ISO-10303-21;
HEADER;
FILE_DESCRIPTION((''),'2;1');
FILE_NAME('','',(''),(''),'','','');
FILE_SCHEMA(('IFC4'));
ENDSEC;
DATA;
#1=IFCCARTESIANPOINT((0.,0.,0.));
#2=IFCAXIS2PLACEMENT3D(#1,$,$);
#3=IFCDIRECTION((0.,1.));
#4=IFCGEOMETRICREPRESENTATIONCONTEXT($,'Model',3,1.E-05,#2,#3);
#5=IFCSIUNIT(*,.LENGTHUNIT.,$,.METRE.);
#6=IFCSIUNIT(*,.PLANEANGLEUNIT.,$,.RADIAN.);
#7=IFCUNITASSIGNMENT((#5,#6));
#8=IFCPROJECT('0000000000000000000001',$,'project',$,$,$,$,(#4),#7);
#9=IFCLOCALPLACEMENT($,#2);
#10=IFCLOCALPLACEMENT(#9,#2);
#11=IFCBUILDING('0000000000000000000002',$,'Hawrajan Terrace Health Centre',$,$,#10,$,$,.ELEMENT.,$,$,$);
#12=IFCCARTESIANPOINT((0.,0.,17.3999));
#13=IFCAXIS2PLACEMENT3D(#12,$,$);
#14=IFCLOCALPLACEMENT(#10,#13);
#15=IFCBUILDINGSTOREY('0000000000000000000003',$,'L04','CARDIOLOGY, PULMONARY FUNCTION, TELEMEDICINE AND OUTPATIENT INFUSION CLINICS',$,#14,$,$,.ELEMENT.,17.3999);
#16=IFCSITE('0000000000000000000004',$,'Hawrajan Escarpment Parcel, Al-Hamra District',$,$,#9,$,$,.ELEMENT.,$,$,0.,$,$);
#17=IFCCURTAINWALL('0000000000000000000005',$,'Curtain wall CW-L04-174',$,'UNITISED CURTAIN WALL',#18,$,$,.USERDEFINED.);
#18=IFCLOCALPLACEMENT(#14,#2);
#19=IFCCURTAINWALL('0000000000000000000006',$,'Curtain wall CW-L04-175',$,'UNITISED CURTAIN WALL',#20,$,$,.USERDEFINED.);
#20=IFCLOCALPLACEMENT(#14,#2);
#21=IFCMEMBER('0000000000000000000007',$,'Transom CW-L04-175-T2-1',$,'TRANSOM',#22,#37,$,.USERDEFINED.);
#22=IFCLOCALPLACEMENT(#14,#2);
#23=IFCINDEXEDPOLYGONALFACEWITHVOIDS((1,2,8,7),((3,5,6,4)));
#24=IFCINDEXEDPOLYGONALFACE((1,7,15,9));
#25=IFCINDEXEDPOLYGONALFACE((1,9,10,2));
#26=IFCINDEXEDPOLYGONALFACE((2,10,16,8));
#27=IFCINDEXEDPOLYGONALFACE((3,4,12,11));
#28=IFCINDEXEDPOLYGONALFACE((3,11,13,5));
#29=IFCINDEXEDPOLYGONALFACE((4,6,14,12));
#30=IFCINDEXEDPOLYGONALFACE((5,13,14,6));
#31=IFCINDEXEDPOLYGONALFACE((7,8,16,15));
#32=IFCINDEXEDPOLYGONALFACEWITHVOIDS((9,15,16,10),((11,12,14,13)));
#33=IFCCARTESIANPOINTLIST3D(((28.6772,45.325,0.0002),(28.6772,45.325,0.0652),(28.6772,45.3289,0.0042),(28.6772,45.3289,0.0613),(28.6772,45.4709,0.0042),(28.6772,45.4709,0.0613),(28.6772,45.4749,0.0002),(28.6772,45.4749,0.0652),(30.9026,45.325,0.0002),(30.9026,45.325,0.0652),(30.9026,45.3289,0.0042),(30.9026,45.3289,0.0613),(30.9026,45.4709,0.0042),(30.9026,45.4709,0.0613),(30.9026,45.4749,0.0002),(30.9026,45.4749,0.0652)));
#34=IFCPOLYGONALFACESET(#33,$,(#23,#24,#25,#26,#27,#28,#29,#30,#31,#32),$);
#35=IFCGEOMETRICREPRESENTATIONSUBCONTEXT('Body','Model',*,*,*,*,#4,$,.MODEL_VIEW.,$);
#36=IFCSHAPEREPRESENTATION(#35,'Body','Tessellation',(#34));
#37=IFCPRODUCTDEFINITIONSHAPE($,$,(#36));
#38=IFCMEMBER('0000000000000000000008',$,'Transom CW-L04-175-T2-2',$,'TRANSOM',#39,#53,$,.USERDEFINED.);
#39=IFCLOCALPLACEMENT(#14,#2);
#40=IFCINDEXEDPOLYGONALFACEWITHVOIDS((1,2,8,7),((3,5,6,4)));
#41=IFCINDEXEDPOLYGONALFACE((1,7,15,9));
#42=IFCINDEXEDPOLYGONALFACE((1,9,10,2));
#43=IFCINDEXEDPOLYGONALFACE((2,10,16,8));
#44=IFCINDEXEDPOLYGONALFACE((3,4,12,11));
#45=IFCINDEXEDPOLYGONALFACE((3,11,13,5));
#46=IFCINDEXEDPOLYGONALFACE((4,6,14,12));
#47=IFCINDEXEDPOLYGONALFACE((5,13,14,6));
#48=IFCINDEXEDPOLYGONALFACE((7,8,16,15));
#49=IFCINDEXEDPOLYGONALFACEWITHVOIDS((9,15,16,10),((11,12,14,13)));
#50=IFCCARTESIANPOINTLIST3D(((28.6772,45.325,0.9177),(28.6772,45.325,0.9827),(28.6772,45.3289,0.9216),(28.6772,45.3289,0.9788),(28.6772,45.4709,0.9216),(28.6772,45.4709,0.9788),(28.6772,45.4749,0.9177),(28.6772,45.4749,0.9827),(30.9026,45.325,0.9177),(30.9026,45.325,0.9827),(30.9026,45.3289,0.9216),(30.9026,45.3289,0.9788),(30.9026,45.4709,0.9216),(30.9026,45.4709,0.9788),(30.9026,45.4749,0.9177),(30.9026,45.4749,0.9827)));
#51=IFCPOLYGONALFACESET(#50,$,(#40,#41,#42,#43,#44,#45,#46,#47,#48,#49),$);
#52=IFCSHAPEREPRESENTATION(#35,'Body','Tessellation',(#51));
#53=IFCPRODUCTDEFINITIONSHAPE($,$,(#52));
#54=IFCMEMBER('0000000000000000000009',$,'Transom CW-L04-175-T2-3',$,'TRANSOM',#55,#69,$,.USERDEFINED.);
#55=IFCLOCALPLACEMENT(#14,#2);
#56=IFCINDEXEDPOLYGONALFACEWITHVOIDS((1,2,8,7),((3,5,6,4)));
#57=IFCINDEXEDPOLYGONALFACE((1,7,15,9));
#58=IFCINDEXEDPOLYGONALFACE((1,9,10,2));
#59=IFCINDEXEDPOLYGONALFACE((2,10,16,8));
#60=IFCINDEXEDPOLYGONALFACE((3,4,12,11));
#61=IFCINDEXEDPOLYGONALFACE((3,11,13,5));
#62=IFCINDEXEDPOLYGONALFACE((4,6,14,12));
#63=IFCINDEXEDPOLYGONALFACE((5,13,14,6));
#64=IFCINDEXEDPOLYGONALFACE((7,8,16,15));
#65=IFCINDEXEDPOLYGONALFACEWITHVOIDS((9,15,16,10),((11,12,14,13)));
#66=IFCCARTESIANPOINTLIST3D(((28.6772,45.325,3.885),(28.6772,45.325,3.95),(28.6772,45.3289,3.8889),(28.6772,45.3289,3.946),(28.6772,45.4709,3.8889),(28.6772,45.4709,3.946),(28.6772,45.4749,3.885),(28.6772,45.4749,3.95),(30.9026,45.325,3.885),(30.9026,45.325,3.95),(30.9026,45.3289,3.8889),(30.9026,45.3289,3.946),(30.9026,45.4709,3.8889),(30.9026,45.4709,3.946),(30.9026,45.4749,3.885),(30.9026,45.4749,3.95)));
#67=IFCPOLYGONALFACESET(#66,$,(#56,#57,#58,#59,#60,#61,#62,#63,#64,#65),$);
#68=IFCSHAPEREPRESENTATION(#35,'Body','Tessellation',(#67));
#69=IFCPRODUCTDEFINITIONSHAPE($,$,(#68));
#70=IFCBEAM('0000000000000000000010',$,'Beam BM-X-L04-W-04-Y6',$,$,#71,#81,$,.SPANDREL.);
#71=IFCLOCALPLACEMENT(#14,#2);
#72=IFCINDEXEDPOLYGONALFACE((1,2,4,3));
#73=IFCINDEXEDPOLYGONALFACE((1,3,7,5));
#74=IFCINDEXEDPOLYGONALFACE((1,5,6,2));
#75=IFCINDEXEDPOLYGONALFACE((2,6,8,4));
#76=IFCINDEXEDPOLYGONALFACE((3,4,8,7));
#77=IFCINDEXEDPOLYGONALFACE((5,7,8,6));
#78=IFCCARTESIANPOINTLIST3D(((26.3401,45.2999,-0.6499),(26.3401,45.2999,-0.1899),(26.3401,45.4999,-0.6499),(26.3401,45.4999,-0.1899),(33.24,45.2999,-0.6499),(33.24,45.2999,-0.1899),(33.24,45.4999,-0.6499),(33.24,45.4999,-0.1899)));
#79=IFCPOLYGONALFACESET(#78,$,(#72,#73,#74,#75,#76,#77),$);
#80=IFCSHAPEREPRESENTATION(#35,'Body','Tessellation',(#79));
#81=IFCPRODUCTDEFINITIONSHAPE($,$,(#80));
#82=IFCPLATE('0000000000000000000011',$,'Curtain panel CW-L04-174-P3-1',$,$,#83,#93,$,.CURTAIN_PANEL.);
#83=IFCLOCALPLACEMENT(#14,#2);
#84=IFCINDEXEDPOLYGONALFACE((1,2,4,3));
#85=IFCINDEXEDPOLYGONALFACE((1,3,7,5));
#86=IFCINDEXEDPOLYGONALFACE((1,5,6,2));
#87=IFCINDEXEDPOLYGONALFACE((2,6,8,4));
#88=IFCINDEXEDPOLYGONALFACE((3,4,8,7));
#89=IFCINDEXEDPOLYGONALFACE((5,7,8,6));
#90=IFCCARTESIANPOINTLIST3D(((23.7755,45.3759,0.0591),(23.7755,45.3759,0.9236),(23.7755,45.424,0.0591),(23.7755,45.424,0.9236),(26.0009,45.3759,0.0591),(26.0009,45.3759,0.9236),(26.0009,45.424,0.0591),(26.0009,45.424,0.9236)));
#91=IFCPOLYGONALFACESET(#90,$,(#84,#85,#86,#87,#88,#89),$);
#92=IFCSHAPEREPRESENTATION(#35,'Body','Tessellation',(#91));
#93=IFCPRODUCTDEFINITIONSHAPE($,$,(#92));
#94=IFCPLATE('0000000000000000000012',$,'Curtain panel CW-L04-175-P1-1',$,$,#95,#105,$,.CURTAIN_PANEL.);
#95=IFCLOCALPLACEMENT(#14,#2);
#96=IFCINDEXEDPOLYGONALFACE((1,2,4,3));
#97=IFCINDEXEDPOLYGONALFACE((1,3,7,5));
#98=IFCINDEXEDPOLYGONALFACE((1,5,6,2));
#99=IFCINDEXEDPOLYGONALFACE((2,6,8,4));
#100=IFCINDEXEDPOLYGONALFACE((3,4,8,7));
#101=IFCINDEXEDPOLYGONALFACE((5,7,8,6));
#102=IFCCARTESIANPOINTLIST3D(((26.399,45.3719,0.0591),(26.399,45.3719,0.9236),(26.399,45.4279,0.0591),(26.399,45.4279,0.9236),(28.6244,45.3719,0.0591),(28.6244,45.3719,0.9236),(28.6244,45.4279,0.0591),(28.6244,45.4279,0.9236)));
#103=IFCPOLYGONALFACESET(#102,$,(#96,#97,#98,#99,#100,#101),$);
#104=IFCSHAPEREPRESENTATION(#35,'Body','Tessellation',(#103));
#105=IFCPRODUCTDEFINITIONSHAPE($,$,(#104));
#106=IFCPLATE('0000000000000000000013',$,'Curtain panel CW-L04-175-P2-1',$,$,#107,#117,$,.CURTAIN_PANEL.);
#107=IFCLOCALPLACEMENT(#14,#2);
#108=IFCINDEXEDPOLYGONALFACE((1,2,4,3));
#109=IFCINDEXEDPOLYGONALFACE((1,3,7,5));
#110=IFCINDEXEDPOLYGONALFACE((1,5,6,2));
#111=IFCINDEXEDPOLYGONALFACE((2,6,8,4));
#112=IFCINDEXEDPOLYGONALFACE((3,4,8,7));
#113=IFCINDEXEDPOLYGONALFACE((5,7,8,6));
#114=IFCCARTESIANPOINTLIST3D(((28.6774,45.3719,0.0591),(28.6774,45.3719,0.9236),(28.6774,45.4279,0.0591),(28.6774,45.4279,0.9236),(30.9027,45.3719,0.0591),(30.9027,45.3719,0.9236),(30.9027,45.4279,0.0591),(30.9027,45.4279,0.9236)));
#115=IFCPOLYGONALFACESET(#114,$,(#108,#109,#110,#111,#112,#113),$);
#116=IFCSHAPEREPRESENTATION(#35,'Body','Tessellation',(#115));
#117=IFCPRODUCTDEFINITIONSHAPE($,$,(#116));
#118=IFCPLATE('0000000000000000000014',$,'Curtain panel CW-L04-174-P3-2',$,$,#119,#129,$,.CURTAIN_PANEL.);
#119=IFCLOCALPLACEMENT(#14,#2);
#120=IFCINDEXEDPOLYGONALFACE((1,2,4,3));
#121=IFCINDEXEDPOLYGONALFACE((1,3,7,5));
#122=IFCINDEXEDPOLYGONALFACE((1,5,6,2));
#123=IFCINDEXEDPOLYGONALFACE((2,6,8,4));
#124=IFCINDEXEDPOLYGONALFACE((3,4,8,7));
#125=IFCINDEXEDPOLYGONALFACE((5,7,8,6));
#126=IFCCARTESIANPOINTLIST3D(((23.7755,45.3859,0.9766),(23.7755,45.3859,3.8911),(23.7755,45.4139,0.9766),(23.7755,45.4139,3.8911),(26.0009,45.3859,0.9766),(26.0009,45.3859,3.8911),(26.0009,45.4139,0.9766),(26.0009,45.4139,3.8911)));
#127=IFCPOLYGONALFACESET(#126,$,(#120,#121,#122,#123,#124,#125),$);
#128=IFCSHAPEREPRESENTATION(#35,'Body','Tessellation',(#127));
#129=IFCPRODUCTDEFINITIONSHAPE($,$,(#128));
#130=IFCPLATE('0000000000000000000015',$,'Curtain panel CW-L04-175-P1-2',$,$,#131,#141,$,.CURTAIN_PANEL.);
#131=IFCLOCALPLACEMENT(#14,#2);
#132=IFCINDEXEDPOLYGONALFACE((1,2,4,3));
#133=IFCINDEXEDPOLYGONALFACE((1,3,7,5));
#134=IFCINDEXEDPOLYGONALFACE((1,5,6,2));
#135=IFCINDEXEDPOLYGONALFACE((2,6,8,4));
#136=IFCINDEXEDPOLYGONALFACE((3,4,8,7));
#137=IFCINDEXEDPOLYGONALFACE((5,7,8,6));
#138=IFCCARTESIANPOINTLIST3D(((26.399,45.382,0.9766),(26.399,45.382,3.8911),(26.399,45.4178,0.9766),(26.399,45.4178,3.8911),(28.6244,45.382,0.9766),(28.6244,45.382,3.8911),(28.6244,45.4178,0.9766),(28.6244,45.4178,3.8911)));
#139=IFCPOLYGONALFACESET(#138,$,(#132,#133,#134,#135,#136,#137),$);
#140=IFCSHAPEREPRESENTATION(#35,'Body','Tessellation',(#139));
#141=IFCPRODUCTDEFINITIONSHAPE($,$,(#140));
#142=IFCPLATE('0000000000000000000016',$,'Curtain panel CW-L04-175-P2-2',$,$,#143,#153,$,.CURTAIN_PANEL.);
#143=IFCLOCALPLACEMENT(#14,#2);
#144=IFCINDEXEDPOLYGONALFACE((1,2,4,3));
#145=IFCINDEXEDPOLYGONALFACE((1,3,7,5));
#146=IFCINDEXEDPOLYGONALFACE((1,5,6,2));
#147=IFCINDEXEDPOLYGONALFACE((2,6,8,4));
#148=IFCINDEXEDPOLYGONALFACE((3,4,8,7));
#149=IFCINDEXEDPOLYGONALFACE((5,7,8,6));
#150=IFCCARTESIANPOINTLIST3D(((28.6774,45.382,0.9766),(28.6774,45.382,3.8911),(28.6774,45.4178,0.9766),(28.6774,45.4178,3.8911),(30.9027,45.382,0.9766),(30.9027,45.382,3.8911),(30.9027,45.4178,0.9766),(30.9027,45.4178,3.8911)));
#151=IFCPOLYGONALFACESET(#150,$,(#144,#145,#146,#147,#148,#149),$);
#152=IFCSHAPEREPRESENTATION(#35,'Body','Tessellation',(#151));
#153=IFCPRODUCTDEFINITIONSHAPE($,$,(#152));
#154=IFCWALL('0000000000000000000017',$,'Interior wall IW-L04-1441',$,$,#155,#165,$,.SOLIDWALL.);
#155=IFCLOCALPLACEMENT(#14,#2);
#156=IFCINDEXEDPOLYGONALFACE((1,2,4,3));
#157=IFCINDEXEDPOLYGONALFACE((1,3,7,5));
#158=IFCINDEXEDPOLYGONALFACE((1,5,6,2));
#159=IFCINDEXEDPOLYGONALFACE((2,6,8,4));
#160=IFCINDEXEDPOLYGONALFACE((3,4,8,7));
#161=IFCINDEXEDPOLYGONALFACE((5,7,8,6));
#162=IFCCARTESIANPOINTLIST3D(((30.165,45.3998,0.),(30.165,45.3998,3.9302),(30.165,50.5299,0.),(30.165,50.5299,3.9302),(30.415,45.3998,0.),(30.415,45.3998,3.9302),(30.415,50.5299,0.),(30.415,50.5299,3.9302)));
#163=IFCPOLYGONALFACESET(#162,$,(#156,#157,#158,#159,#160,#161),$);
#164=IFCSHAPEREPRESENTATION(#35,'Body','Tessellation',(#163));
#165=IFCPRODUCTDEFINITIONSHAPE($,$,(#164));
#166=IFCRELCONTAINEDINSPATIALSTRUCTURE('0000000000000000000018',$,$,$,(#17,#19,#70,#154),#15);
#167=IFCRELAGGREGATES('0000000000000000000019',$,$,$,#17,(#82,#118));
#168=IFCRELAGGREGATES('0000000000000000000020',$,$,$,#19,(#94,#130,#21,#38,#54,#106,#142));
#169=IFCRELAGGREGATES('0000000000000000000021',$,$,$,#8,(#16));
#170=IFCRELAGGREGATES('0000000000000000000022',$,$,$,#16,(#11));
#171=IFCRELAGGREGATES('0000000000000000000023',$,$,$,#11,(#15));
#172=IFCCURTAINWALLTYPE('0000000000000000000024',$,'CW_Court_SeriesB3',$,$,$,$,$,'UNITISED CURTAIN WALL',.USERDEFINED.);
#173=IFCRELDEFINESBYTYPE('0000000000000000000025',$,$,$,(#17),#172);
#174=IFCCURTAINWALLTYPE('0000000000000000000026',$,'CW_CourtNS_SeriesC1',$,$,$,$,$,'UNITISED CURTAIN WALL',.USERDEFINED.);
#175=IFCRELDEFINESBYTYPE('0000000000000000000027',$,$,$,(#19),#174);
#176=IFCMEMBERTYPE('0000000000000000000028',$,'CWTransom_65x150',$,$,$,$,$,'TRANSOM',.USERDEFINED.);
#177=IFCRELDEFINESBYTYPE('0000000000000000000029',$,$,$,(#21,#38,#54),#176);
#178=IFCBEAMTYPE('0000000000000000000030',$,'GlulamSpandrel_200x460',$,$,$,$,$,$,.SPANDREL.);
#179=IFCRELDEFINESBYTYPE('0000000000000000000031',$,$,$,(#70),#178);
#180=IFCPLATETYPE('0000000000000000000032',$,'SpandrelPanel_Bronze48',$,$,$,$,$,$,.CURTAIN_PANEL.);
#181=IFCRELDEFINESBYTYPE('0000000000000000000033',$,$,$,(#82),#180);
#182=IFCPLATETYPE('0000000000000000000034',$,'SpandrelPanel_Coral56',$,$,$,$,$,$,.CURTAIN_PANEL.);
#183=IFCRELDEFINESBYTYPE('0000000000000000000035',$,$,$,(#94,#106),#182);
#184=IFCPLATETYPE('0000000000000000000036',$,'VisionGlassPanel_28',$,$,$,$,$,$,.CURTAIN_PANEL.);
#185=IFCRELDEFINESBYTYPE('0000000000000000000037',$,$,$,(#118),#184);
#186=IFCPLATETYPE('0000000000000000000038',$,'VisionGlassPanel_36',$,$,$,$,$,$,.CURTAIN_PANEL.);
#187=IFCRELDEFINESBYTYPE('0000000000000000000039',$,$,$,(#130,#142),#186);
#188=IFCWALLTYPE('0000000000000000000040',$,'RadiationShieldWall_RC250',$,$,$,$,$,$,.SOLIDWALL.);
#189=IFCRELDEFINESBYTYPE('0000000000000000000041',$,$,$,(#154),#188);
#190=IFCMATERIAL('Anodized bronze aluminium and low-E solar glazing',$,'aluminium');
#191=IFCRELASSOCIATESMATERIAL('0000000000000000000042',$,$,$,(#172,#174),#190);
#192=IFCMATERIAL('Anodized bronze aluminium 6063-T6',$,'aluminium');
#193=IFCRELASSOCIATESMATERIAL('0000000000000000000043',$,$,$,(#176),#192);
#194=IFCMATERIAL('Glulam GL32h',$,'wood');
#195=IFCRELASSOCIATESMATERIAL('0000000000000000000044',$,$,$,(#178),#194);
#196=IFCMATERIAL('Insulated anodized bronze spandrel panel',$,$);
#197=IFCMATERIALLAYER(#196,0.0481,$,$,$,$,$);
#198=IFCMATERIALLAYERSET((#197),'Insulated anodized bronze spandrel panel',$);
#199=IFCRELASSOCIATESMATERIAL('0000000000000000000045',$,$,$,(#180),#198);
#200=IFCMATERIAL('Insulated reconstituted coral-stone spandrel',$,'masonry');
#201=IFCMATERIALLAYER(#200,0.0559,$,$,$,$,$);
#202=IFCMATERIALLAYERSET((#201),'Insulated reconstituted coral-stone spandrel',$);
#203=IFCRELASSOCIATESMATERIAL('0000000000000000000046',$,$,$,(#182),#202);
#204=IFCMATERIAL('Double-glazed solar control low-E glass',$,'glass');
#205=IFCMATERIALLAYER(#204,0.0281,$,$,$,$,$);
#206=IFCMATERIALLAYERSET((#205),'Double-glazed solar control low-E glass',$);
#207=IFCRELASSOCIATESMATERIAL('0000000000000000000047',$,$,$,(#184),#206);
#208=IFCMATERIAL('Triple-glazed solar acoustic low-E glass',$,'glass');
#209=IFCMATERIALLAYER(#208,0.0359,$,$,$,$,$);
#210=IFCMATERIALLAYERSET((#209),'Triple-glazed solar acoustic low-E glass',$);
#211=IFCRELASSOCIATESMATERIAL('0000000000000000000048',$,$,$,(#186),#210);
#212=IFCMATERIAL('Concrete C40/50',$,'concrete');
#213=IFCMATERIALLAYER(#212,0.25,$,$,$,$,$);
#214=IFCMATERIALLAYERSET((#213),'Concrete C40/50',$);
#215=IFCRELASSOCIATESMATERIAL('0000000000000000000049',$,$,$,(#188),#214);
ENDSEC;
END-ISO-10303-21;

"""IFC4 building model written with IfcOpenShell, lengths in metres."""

from ifc_helpers import new_model, si_unit, direction, frame, frame_2d, origin, origin_2d, place, context, subcontext, project, spatial, rectangle, hollow_rectangle, extrude, material, layer, layer_set, material_profile, profile_set, type_object, element, aggregate, save


model = new_model("IFC4")

# Units and contexts
model_context = context("Model", 3, precision=1e-05, world=origin(), true_north=direction((0.0, 1.0)))
body_context = subcontext(model_context, "Body", "Model", "MODEL_VIEW")
ifc_project = project(units=[si_unit("LENGTHUNIT", "METRE"), si_unit("PLANEANGLEUNIT", "RADIAN")], contexts=[model_context])

# Site, building, storey
site_placement = place(None, origin())
site = spatial("IfcSite", under=ifc_project, at=site_placement, Name="Hawrajan Escarpment Parcel, Al-Hamra District", CompositionType="ELEMENT", RefElevation=0.0)
building_placement = place(site_placement, origin())
building = spatial("IfcBuilding", under=site, at=building_placement, Name="Hawrajan Terrace Health Centre", CompositionType="ELEMENT")
storey_placement = place(building_placement, frame((0.0, 0.0, 17.3999)))
storey = spatial("IfcBuildingStorey", under=building, at=storey_placement, Name="L04", Description="CARDIOLOGY, PULMONARY FUNCTION, TELEMEDICINE AND OUTPATIENT INFUSION CLINICS", CompositionType="ELEMENT", Elevation=17.3999)

# Shared definitions
ifc_material_1 = material(Name="Glulam GL32h", Category="wood")

# Curtain wall
ifc_material_2 = material(Name="Anodized bronze aluminium and low-E solar glazing", Category="aluminium")
curtain_wall_type_1 = type_object("IfcCurtainWallType", Name="CW_Court_SeriesB3", ElementType="UNITISED CURTAIN WALL", PredefinedType="USERDEFINED", material=ifc_material_2)
curtain_wall_1_placement = place(storey_placement, origin())
curtain_wall_1 = element("IfcCurtainWall", 1, at=curtain_wall_1_placement, inside=storey, type_object=curtain_wall_type_1, Name="Curtain wall CW-L04-174", ObjectType="UNITISED CURTAIN WALL", PredefinedType="USERDEFINED")
ifc_material_3 = material(Name="Anodized bronze aluminium 6063-T6", Category="aluminium")

# Curtain wall
curtain_wall_type_2 = type_object("IfcCurtainWallType", Name="CW_CourtNS_SeriesC1", ElementType="UNITISED CURTAIN WALL", PredefinedType="USERDEFINED", material=ifc_material_2)
curtain_wall_2_placement = place(storey_placement, origin())
curtain_wall_2 = element("IfcCurtainWall", 2, at=curtain_wall_2_placement, inside=storey, type_object=curtain_wall_type_2, Name="Curtain wall CW-L04-175", ObjectType="UNITISED CURTAIN WALL", PredefinedType="USERDEFINED")

# Members
ifc_material_profile_1 = material_profile(ifc_material_3, hollow_rectangle(XDim=0.0649, YDim=0.1499, WallThickness=0.0039, at=origin_2d()), Name="CW TRN 65x150")
ifc_profile_set_1 = profile_set([ifc_material_profile_1], Name="Anodized bronze aluminium 6063-T6")
member_type_1 = type_object("IfcMemberType", Name="CWTransom_65x150", ElementType="TRANSOM", PredefinedType="USERDEFINED", material=ifc_profile_set_1)
member_1_placement = place(storey_placement, frame((28.6772, 45.3999, 0.0327), z_axis=(1.0, 0.0, 0.0), x_axis=(0.0, 0.0, 1.0)))
member_1 = element("IfcMember", 3, at=member_1_placement, type_object=member_type_1, Name="Transom CW-L04-175-T2-1", ObjectType="TRANSOM", PredefinedType="USERDEFINED", context=body_context, shape_type="SweptSolid", body=[
    extrude(hollow_rectangle(XDim=0.0649, YDim=0.1499, WallThickness=0.0039, at=origin_2d()), origin(), (0.0, 0.0, 1.0), 2.2253),
])
member_2_placement = place(storey_placement, frame((28.6772, 45.3999, 0.9502), z_axis=(1.0, 0.0, 0.0), x_axis=(0.0, 0.0, 1.0)))
member_2 = element("IfcMember", 4, at=member_2_placement, type_object=member_type_1, Name="Transom CW-L04-175-T2-2", ObjectType="TRANSOM", PredefinedType="USERDEFINED", context=body_context, shape_type="SweptSolid", body=[
    extrude(hollow_rectangle(XDim=0.0649, YDim=0.1499, WallThickness=0.0039, at=origin_2d()), origin(), (0.0, 0.0, 1.0), 2.2253),
])
member_3_placement = place(storey_placement, frame((28.6772, 45.3999, 3.9175), z_axis=(1.0, 0.0, 0.0), x_axis=(0.0, 0.0, 1.0)))
member_3 = element("IfcMember", 5, at=member_3_placement, type_object=member_type_1, Name="Transom CW-L04-175-T2-3", ObjectType="TRANSOM", PredefinedType="USERDEFINED", context=body_context, shape_type="SweptSolid", body=[
    extrude(hollow_rectangle(XDim=0.0649, YDim=0.1499, WallThickness=0.0039, at=origin_2d()), origin(), (0.0, 0.0, 1.0), 2.2253),
])

# Beam
ifc_material_profile_2 = material_profile(ifc_material_1, rectangle(XDim=0.2, YDim=0.46, at=origin_2d()), Name="GL SP 200x460")
ifc_profile_set_2 = profile_set([ifc_material_profile_2], Name="Glulam GL32h")
beam_type = type_object("IfcBeamType", Name="GlulamSpandrel_200x460", PredefinedType="SPANDREL", material=ifc_profile_set_2)
beam_placement = place(storey_placement, frame((26.3401, 45.3999, -0.4199), z_axis=(1.0, 0.0, 0.0), x_axis=(0.0, 1.0, 0.0)))
element("IfcBeam", 6, at=beam_placement, inside=storey, type_object=beam_type, Name="Beam BM-X-L04-W-04-Y6", PredefinedType="SPANDREL", context=body_context, shape_type="SweptSolid", body=[
    extrude(rectangle(XDim=0.2, YDim=0.46, at=origin_2d()), origin(), (0.0, 0.0, 1.0), 6.8999),
])

# Plates
ifc_material_4 = material(Name="Insulated anodized bronze spandrel panel")
ifc_layer_1 = layer(ifc_material_4, 0.0481)
ifc_layer_set_1 = layer_set([ifc_layer_1], Name="Insulated anodized bronze spandrel panel")
plate_type_1 = type_object("IfcPlateType", Name="SpandrelPanel_Bronze48", PredefinedType="CURTAIN_PANEL", material=ifc_layer_set_1)
plate_1_placement = place(storey_placement, frame((24.8882, 45.3999, 0.0591), z_axis=(0.0, 0.0, 1.0), x_axis=(1.0, 0.0, 0.0)))
plate_1 = element("IfcPlate", 7, at=plate_1_placement, type_object=plate_type_1, Name="Curtain panel CW-L04-174-P3-1", PredefinedType="CURTAIN_PANEL", context=body_context, shape_type="SweptSolid", body=[
    extrude(rectangle(XDim=2.2253, YDim=0.0481, at=origin_2d()), origin(), (0.0, 0.0, 1.0), 0.8645),
])
ifc_material_5 = material(Name="Insulated reconstituted coral-stone spandrel", Category="masonry")
ifc_layer_2 = layer(ifc_material_5, 0.0559)
ifc_layer_set_2 = layer_set([ifc_layer_2], Name="Insulated reconstituted coral-stone spandrel")
plate_type_2 = type_object("IfcPlateType", Name="SpandrelPanel_Coral56", PredefinedType="CURTAIN_PANEL", material=ifc_layer_set_2)
plate_2_placement = place(storey_placement, frame((27.5117, 45.3999, 0.0591), z_axis=(0.0, 0.0, 1.0), x_axis=(1.0, 0.0, 0.0)))
plate_2 = element("IfcPlate", 8, at=plate_2_placement, type_object=plate_type_2, Name="Curtain panel CW-L04-175-P1-1", PredefinedType="CURTAIN_PANEL", context=body_context, shape_type="SweptSolid", body=[
    extrude(rectangle(XDim=2.2253, YDim=0.0559, at=origin_2d()), origin(), (0.0, 0.0, 1.0), 0.8645),
])
plate_3_placement = place(storey_placement, frame((29.79, 45.3999, 0.0591), z_axis=(0.0, 0.0, 1.0), x_axis=(1.0, 0.0, 0.0)))
plate_3 = element("IfcPlate", 9, at=plate_3_placement, type_object=plate_type_2, Name="Curtain panel CW-L04-175-P2-1", PredefinedType="CURTAIN_PANEL", context=body_context, shape_type="SweptSolid", body=[
    extrude(rectangle(XDim=2.2253, YDim=0.0559, at=origin_2d()), origin(), (0.0, 0.0, 1.0), 0.8645),
])
ifc_material_6 = material(Name="Double-glazed solar control low-E glass", Category="glass")
ifc_layer_3 = layer(ifc_material_6, 0.0281)
ifc_layer_set_3 = layer_set([ifc_layer_3], Name="Double-glazed solar control low-E glass")
plate_type_3 = type_object("IfcPlateType", Name="VisionGlassPanel_28", PredefinedType="CURTAIN_PANEL", material=ifc_layer_set_3)
plate_4_placement = place(storey_placement, frame((24.8882, 45.3999, 0.9766), z_axis=(0.0, 0.0, 1.0), x_axis=(1.0, 0.0, 0.0)))
plate_4 = element("IfcPlate", 10, at=plate_4_placement, type_object=plate_type_3, Name="Curtain panel CW-L04-174-P3-2", PredefinedType="CURTAIN_PANEL", context=body_context, shape_type="SweptSolid", body=[
    extrude(rectangle(XDim=2.2253, YDim=0.0281, at=origin_2d()), origin(), (0.0, 0.0, 1.0), 2.9146),
])
aggregate(curtain_wall_1, [plate_1, plate_4])
ifc_material_7 = material(Name="Triple-glazed solar acoustic low-E glass", Category="glass")
ifc_layer_4 = layer(ifc_material_7, 0.0359)
ifc_layer_set_4 = layer_set([ifc_layer_4], Name="Triple-glazed solar acoustic low-E glass")
plate_type_4 = type_object("IfcPlateType", Name="VisionGlassPanel_36", PredefinedType="CURTAIN_PANEL", material=ifc_layer_set_4)
plate_5_placement = place(storey_placement, frame((27.5117, 45.3999, 0.9766), z_axis=(0.0, 0.0, 1.0), x_axis=(1.0, 0.0, 0.0)))
plate_5 = element("IfcPlate", 11, at=plate_5_placement, type_object=plate_type_4, Name="Curtain panel CW-L04-175-P1-2", PredefinedType="CURTAIN_PANEL", context=body_context, shape_type="SweptSolid", body=[
    extrude(rectangle(XDim=2.2253, YDim=0.0359, at=origin_2d()), origin(), (0.0, 0.0, 1.0), 2.9146),
])
plate_6_placement = place(storey_placement, frame((29.79, 45.3999, 0.9766), z_axis=(0.0, 0.0, 1.0), x_axis=(1.0, 0.0, 0.0)))
plate_6 = element("IfcPlate", 12, at=plate_6_placement, type_object=plate_type_4, Name="Curtain panel CW-L04-175-P2-2", PredefinedType="CURTAIN_PANEL", context=body_context, shape_type="SweptSolid", body=[
    extrude(rectangle(XDim=2.2253, YDim=0.0359, at=origin_2d()), origin(), (0.0, 0.0, 1.0), 2.9146),
])
aggregate(curtain_wall_2, [plate_2, plate_5, member_1, member_2, member_3, plate_3, plate_6])

# Wall
ifc_material_8 = material(Name="Concrete C40/50", Category="concrete")
ifc_layer_5 = layer(ifc_material_8, 0.25)
ifc_layer_set_5 = layer_set([ifc_layer_5], Name="Concrete C40/50")
wall_type = type_object("IfcWallType", Name="RadiationShieldWall_RC250", PredefinedType="SOLIDWALL", material=ifc_layer_set_5)
wall_placement = place(storey_placement, frame((30.29, 45.3999, 0.0), z_axis=(0.0, 0.0, 1.0), x_axis=(0.0, 1.0, 0.0)))
element("IfcWall", 13, at=wall_placement, inside=storey, type_object=wall_type, Name="Interior wall IW-L04-1441", PredefinedType="SOLIDWALL", context=body_context, shape_type="SweptSolid", body=[
    extrude(rectangle(XDim=5.1301, YDim=0.25, at=frame_2d((2.5649, 0.0))), origin(), (0.0, 0.0, 1.0), 3.9302),
])

save(model, "model.ifc")
